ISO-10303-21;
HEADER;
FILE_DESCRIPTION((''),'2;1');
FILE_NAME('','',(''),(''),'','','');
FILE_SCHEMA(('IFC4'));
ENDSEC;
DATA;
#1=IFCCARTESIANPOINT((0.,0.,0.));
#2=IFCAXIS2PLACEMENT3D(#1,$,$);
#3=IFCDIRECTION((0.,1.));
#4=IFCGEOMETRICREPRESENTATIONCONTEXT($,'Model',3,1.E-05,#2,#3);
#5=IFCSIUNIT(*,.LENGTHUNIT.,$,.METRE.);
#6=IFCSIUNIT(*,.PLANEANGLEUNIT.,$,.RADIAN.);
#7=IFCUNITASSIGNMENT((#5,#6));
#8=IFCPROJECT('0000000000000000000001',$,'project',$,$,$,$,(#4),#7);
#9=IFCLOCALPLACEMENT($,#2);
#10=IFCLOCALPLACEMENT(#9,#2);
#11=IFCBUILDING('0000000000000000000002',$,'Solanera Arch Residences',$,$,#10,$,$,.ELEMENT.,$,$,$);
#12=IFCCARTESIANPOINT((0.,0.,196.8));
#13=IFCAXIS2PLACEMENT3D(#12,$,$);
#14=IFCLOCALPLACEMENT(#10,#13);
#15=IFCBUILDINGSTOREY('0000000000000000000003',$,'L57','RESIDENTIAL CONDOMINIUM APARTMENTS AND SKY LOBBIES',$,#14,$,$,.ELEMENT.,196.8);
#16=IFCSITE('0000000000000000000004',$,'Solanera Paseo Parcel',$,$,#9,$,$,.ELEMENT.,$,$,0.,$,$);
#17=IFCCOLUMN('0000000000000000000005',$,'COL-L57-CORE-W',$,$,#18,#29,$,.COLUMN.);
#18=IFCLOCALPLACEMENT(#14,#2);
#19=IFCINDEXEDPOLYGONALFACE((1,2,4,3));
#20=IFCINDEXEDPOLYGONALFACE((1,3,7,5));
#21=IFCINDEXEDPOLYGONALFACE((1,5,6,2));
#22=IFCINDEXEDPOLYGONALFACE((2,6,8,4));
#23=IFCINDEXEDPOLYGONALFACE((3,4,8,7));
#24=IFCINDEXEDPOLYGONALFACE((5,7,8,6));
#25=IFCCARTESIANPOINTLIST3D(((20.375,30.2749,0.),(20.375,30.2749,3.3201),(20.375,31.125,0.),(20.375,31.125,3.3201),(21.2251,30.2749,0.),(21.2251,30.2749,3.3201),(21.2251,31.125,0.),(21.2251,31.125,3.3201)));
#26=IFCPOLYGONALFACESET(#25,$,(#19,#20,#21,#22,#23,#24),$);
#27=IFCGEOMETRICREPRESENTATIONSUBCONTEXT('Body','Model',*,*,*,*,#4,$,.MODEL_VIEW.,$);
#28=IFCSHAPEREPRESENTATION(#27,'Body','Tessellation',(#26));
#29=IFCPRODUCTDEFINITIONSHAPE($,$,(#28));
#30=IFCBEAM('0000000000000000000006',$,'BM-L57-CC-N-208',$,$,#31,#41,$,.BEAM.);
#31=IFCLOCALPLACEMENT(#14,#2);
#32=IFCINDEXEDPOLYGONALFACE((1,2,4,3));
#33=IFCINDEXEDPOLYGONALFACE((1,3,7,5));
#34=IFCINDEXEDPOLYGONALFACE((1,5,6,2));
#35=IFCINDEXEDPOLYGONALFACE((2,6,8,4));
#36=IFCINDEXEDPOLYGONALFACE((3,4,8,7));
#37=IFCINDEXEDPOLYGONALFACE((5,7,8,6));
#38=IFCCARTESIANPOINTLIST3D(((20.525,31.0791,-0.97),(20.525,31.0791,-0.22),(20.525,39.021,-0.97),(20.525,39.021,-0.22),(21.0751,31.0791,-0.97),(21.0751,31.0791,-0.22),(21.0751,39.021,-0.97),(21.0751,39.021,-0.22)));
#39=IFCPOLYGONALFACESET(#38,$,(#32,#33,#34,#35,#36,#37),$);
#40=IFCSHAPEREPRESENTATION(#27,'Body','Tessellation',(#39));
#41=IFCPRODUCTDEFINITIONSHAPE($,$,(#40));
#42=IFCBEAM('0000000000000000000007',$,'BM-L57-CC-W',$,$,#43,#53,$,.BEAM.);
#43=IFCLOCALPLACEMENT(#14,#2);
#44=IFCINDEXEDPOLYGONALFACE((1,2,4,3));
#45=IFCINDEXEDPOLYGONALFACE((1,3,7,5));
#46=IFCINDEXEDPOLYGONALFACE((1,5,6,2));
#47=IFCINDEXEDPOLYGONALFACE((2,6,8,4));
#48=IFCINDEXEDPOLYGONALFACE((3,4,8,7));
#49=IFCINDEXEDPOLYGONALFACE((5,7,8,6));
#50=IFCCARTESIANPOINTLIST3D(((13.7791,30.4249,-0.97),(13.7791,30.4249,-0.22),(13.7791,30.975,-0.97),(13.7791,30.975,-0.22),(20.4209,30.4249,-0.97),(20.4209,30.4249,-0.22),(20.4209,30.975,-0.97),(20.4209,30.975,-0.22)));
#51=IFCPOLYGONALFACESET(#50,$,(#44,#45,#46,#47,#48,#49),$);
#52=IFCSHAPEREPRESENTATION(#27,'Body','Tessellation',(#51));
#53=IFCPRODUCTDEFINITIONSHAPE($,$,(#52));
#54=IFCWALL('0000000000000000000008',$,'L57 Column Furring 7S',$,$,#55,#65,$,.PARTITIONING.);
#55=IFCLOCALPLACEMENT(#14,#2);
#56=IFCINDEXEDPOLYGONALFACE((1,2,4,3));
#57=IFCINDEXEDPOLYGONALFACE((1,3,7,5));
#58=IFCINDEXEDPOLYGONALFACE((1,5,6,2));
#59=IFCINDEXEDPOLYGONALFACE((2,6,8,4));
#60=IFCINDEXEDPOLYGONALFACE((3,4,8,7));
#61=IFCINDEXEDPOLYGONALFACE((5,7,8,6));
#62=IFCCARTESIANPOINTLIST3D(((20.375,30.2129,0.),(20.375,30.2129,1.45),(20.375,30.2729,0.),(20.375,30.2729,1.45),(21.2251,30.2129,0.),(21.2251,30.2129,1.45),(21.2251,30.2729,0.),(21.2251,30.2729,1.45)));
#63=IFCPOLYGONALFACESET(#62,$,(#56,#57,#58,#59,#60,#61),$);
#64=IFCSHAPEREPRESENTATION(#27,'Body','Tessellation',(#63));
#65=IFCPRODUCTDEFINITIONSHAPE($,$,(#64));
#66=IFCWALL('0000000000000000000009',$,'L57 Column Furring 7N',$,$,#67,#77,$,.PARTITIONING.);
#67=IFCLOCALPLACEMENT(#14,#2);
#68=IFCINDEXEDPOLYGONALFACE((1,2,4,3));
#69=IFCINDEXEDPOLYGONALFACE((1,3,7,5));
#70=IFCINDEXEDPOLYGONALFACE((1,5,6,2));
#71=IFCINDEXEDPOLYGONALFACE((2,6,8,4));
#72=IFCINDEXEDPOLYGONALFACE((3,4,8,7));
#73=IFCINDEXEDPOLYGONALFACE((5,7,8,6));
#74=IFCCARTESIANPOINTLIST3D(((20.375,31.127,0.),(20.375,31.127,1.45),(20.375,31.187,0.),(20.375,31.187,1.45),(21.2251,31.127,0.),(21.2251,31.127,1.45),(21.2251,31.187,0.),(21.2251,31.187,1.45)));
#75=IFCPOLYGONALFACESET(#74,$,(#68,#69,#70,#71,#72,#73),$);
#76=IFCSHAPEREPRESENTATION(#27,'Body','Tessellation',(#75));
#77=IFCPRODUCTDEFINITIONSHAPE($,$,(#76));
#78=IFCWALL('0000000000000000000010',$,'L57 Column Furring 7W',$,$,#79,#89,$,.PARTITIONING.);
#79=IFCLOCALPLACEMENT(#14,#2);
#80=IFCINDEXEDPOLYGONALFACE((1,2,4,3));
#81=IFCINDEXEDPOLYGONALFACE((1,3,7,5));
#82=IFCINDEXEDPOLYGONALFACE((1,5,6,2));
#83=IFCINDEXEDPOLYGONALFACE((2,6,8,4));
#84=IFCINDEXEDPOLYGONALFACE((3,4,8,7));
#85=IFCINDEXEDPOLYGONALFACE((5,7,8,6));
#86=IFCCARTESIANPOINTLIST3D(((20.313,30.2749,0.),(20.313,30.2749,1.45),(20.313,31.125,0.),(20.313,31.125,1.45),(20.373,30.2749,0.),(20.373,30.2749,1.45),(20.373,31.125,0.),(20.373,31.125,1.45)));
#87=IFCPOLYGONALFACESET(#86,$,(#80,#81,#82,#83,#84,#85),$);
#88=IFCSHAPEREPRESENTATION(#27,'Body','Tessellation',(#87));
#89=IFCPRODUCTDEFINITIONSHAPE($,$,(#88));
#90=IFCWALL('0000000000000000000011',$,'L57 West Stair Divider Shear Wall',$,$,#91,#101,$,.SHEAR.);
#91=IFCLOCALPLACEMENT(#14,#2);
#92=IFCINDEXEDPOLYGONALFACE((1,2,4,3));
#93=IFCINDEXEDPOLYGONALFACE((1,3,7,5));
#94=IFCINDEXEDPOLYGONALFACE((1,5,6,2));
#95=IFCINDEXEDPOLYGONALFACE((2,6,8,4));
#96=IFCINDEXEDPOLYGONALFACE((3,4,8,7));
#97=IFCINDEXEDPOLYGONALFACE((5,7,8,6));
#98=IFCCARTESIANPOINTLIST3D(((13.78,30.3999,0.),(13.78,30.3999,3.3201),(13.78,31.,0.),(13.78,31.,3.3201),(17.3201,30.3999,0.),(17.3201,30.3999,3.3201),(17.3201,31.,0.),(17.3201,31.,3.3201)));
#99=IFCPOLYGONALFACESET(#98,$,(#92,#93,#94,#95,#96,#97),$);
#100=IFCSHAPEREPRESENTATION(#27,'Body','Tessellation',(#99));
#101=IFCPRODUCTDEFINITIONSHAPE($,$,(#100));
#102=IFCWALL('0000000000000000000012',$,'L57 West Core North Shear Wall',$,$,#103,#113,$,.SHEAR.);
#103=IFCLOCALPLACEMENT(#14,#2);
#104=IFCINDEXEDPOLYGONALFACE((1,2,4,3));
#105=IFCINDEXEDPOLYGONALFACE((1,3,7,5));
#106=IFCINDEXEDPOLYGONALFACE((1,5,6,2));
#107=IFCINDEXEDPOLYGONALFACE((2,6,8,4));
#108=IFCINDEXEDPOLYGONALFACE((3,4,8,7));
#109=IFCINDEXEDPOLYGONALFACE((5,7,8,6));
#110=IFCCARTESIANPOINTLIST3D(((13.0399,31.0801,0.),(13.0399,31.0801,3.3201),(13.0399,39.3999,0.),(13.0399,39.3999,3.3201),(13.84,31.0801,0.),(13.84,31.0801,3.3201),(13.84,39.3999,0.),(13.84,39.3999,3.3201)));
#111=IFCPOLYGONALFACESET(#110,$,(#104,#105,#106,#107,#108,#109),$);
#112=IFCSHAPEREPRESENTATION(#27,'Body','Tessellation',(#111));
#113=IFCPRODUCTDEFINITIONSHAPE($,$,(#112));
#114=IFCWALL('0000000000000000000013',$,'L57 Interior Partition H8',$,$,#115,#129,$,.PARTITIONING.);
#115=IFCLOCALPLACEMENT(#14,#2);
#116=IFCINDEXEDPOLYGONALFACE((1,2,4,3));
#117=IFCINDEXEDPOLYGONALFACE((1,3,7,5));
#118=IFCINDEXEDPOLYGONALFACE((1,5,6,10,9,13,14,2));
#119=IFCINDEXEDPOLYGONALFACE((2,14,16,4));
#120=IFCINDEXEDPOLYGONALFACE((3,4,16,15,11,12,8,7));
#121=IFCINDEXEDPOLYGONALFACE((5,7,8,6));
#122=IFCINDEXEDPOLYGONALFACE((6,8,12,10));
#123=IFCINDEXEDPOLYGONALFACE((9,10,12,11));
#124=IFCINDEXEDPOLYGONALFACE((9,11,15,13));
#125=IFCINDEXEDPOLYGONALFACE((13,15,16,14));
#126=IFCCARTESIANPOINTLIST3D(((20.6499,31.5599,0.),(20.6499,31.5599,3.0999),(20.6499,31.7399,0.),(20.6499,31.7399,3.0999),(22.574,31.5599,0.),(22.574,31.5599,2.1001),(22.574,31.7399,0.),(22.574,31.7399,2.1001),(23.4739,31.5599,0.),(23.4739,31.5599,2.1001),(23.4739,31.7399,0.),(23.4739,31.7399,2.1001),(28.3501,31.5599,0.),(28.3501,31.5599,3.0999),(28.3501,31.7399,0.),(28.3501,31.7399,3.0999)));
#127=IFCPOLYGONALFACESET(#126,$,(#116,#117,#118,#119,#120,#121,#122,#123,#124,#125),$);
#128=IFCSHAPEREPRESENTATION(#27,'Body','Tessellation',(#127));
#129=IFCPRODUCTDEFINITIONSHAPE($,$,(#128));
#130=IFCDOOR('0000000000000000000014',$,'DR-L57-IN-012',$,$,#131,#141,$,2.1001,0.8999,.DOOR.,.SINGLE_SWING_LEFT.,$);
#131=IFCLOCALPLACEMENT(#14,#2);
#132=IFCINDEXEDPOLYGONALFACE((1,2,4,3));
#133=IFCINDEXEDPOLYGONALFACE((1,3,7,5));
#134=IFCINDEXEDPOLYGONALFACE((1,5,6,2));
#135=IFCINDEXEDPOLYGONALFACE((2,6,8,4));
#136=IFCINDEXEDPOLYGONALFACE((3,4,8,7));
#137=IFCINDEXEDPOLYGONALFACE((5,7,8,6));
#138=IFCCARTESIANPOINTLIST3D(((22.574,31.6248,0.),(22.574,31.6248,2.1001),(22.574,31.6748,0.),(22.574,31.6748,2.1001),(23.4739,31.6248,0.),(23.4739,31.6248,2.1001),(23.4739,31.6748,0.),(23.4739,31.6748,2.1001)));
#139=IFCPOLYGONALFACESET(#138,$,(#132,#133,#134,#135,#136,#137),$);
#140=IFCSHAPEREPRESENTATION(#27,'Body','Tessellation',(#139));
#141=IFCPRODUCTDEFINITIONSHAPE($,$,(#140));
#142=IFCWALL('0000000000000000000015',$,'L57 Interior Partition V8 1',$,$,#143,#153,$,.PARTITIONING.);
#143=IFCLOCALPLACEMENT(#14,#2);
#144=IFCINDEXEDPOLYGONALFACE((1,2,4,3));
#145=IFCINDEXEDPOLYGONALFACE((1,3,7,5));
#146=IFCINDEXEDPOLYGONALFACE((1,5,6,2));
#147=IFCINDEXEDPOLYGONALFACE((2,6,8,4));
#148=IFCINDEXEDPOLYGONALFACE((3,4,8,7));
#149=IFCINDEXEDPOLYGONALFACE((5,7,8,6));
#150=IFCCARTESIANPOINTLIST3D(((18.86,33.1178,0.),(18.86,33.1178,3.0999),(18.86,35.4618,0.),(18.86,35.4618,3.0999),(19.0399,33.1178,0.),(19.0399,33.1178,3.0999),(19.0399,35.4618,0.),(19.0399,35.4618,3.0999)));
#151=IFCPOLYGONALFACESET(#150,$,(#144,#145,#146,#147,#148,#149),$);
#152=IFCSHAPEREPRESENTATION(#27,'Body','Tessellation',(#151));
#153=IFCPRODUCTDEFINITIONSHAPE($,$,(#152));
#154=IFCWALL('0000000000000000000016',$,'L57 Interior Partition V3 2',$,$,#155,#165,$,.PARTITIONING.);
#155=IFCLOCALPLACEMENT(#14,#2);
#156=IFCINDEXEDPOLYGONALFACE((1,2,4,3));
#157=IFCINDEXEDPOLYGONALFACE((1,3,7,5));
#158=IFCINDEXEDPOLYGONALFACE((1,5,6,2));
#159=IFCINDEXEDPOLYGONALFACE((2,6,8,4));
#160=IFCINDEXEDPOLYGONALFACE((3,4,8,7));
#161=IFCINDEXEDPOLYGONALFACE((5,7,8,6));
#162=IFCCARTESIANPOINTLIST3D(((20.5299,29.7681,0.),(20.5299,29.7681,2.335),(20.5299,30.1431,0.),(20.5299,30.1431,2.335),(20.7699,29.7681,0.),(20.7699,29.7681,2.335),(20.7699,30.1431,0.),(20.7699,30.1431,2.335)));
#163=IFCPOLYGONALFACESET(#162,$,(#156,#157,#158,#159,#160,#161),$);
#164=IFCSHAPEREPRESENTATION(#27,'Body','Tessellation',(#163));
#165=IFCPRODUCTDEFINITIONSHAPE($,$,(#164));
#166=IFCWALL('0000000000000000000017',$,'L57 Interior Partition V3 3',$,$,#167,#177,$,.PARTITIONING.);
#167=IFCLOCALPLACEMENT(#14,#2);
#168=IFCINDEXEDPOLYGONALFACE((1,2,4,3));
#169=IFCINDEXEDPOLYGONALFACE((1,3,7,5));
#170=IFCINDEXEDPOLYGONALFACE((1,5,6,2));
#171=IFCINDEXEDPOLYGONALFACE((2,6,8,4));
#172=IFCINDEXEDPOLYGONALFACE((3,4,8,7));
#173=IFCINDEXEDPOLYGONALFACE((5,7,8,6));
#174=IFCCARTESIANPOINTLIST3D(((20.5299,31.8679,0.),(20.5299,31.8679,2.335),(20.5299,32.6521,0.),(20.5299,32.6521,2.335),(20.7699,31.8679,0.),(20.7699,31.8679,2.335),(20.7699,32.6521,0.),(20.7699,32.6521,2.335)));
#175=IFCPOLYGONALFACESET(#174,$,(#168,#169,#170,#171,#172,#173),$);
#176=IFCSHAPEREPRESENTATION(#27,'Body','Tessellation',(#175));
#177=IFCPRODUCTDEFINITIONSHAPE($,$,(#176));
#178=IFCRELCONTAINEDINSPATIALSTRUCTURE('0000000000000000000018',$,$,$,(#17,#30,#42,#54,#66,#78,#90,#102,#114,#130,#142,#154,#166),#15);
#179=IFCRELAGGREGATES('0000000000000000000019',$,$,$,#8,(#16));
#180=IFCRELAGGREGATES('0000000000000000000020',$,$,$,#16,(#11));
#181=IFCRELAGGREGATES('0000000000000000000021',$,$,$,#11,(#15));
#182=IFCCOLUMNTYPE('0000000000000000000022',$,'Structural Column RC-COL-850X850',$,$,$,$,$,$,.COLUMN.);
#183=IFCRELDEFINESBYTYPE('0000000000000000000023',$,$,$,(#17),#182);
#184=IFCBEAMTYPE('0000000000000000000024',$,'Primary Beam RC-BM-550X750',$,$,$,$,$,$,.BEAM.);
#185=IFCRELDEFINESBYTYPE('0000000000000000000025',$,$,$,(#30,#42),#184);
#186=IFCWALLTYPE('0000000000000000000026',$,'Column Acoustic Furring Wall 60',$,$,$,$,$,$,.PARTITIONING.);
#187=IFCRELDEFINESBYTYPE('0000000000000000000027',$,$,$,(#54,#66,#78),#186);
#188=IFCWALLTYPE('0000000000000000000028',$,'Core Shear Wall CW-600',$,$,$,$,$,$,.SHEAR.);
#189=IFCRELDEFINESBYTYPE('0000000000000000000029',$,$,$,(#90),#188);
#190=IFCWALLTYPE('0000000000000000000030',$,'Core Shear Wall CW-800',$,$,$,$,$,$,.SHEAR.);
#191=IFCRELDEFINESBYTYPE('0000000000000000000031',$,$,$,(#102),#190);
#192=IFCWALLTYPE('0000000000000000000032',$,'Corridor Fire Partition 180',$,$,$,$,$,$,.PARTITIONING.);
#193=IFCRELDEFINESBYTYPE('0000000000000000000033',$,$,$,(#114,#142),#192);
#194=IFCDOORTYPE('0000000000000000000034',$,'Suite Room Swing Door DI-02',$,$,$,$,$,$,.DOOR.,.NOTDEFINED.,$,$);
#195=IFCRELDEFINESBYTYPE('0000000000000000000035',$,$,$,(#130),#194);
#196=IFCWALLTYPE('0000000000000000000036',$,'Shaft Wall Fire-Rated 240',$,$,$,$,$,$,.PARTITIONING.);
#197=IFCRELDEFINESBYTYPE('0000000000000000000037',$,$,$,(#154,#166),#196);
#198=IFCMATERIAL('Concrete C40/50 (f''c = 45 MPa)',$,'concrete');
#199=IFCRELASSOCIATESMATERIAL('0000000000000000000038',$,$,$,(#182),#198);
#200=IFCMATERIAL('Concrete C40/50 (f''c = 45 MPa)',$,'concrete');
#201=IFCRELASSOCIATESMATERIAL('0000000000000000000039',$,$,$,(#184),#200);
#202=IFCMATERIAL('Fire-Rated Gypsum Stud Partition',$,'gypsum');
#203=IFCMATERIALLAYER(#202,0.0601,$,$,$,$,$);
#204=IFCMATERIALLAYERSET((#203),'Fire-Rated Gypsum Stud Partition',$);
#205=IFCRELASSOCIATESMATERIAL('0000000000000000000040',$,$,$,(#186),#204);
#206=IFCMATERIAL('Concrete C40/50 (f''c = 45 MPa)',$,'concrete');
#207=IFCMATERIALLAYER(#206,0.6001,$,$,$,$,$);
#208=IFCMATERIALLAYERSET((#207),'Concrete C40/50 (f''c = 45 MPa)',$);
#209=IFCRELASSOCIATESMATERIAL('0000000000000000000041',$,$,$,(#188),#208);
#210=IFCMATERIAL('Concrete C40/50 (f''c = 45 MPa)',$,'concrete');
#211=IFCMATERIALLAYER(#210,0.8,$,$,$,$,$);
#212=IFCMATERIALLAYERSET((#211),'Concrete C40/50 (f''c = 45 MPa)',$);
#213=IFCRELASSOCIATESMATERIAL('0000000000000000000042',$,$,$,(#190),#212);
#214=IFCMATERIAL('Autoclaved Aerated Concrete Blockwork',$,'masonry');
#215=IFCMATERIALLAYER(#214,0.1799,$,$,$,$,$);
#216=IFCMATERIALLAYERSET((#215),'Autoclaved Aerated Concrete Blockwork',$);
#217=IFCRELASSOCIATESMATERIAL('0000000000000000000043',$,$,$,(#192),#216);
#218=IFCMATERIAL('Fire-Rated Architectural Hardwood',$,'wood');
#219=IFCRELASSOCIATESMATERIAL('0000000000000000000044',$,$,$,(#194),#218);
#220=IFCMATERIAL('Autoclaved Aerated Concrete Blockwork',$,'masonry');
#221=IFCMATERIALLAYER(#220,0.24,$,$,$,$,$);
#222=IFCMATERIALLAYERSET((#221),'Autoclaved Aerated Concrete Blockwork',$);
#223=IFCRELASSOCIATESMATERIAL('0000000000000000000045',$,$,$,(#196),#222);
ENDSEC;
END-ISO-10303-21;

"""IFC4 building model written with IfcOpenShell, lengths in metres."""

from ifc_helpers import new_model, si_unit, direction, frame, frame_2d, origin, origin_2d, place, context, subcontext, project, spatial, rectangle, extrude, material, layer, layer_set, material_profile, profile_set, type_object, element, fill, save


model = new_model("IFC4")

# Units and contexts
model_context = context("Model", 3, precision=1e-05, world=origin(), true_north=direction((0.0, 1.0)))
body_context = subcontext(model_context, "Body", "Model", "MODEL_VIEW")
ifc_project = project(units=[si_unit("LENGTHUNIT", "METRE"), si_unit("PLANEANGLEUNIT", "RADIAN")], contexts=[model_context])

# Site, building, storey
site_placement = place(None, origin())
site = spatial("IfcSite", under=ifc_project, at=site_placement, Name="Solanera Paseo Parcel", CompositionType="ELEMENT", RefElevation=0.0)
building_placement = place(site_placement, origin())
building = spatial("IfcBuilding", under=site, at=building_placement, Name="Solanera Arch Residences", CompositionType="ELEMENT")
storey_placement = place(building_placement, frame((0.0, 0.0, 196.8)))
storey = spatial("IfcBuildingStorey", under=building, at=storey_placement, Name="L57", Description="RESIDENTIAL CONDOMINIUM APARTMENTS AND SKY LOBBIES", CompositionType="ELEMENT", Elevation=196.8)

# Column
ifc_material_1 = material(Name="Concrete C40/50 (f'c = 45 MPa)", Category="concrete")
ifc_material_profile_1 = material_profile(ifc_material_1, rectangle(XDim=0.8501, YDim=0.8501, at=origin_2d()))
ifc_profile_set_1 = profile_set([ifc_material_profile_1], Name="Concrete C40/50 (f'c = 45 MPa)")
column_type = type_object("IfcColumnType", Name="Structural Column RC-COL-850X850", PredefinedType="COLUMN", material=ifc_profile_set_1)
column_placement = place(storey_placement, frame((20.8, 30.7, 0.0), z_axis=(0.0, 0.0, 1.0), x_axis=(1.0, 0.0, 0.0)))
element("IfcColumn", 1, at=column_placement, inside=storey, type_object=column_type, Name="COL-L57-CORE-W", PredefinedType="COLUMN", context=body_context, shape_type="SweptSolid", body=[
    extrude(rectangle(XDim=0.8501, YDim=0.8501, at=origin_2d()), origin(), (0.0, 0.0, 1.0), 3.3201),
])

# Beams
ifc_material_2 = material(Name="Concrete C40/50 (f'c = 45 MPa)", Category="concrete")
ifc_material_profile_2 = material_profile(ifc_material_2, rectangle(XDim=0.55, YDim=0.75, at=origin_2d()))
ifc_profile_set_2 = profile_set([ifc_material_profile_2], Name="Concrete C40/50 (f'c = 45 MPa)")
beam_type = type_object("IfcBeamType", Name="Primary Beam RC-BM-550X750", PredefinedType="BEAM", material=ifc_profile_set_2)
beam_1_placement = place(storey_placement, frame((20.8, 31.0791, -0.595), z_axis=(0.0, 1.0, 0.0), x_axis=(-1.0, 0.0, 0.0)))
element("IfcBeam", 2, at=beam_1_placement, inside=storey, type_object=beam_type, Name="BM-L57-CC-N-208", PredefinedType="BEAM", context=body_context, shape_type="SweptSolid", body=[
    extrude(rectangle(XDim=0.55, YDim=0.75, at=origin_2d()), origin(), (0.0, 0.0, 1.0), 7.9419),
])
beam_2_placement = place(storey_placement, frame((13.7791, 30.7, -0.595), z_axis=(1.0, 0.0, 0.0), x_axis=(0.0, 1.0, 0.0)))
element("IfcBeam", 3, at=beam_2_placement, inside=storey, type_object=beam_type, Name="BM-L57-CC-W", PredefinedType="BEAM", context=body_context, shape_type="SweptSolid", body=[
    extrude(rectangle(XDim=0.55, YDim=0.75, at=origin_2d()), origin(), (0.0, 0.0, 1.0), 6.6418),
])

# Walls
ifc_material_3 = material(Name="Fire-Rated Gypsum Stud Partition", Category="gypsum")
ifc_layer_1 = layer(ifc_material_3, 0.0601)
ifc_layer_set_1 = layer_set([ifc_layer_1], Name="Fire-Rated Gypsum Stud Partition")
wall_type_1 = type_object("IfcWallType", Name="Column Acoustic Furring Wall 60", PredefinedType="PARTITIONING", material=ifc_layer_set_1)
for number, where, z_axis, x_axis, name in (
    (4, (20.375, 30.2429, 0.0), (0.0, 0.0, 1.0), (1.0, 0.0, 0.0), "L57 Column Furring 7S"),
    (5, (20.375, 31.157, 0.0), (0.0, 0.0, 1.0), (1.0, 0.0, 0.0), "L57 Column Furring 7N"),
    (6, (20.343, 30.2749, 0.0), (0.0, 0.0, 1.0), (0.0, 1.0, 0.0), "L57 Column Furring 7W"),
):
    element("IfcWall", number, at=place(storey_placement, frame(where, z_axis=z_axis, x_axis=x_axis)), inside=storey, type_object=wall_type_1, Name=name, PredefinedType="PARTITIONING", context=body_context, shape_type="SweptSolid", body=[
        extrude(rectangle(XDim=0.8501, YDim=0.0601, at=frame_2d((0.425, 0.0))), origin(), (0.0, 0.0, 1.0), 1.45),
    ])

# Walls
ifc_material_4 = material(Name="Concrete C40/50 (f'c = 45 MPa)", Category="concrete")
ifc_layer_2 = layer(ifc_material_4, 0.6001)
ifc_layer_set_2 = layer_set([ifc_layer_2], Name="Concrete C40/50 (f'c = 45 MPa)")
wall_type_2 = type_object("IfcWallType", Name="Core Shear Wall CW-600", PredefinedType="SHEAR", material=ifc_layer_set_2)
wall_1_placement = place(storey_placement, frame((13.78, 30.7, 0.0), z_axis=(0.0, 0.0, 1.0), x_axis=(1.0, 0.0, 0.0)))
element("IfcWall", 7, at=wall_1_placement, inside=storey, type_object=wall_type_2, Name="L57 West Stair Divider Shear Wall", PredefinedType="SHEAR", context=body_context, shape_type="SweptSolid", body=[
    extrude(rectangle(XDim=3.54, YDim=0.6001, at=frame_2d((1.77, 0.0))), origin(), (0.0, 0.0, 1.0), 3.3201),
])
ifc_material_5 = material(Name="Concrete C40/50 (f'c = 45 MPa)", Category="concrete")
ifc_layer_3 = layer(ifc_material_5, 0.8)
ifc_layer_set_3 = layer_set([ifc_layer_3], Name="Concrete C40/50 (f'c = 45 MPa)")
wall_type_3 = type_object("IfcWallType", Name="Core Shear Wall CW-800", PredefinedType="SHEAR", material=ifc_layer_set_3)
wall_2_placement = place(storey_placement, frame((13.4399, 31.0801, 0.0), z_axis=(0.0, 0.0, 1.0), x_axis=(0.0, 1.0, 0.0)))
element("IfcWall", 8, at=wall_2_placement, inside=storey, type_object=wall_type_3, Name="L57 West Core North Shear Wall", PredefinedType="SHEAR", context=body_context, shape_type="SweptSolid", body=[
    extrude(rectangle(XDim=8.3198, YDim=0.8, at=frame_2d((4.1599, 0.0))), origin(), (0.0, 0.0, 1.0), 3.3201),
])

# Wall, opening, door
ifc_material_6 = material(Name="Autoclaved Aerated Concrete Blockwork", Category="masonry")
ifc_layer_4 = layer(ifc_material_6, 0.1799)
ifc_layer_set_4 = layer_set([ifc_layer_4], Name="Autoclaved Aerated Concrete Blockwork")
wall_type_4 = type_object("IfcWallType", Name="Corridor Fire Partition 180", PredefinedType="PARTITIONING", material=ifc_layer_set_4)
wall_3_placement = place(storey_placement, frame((20.6499, 31.6499, 0.0), z_axis=(0.0, 0.0, 1.0), x_axis=(1.0, 0.0, 0.0)))
wall_3 = element("IfcWall", 9, at=wall_3_placement, inside=storey, type_object=wall_type_4, Name="L57 Interior Partition H8", PredefinedType="PARTITIONING", context=body_context, shape_type="SweptSolid", body=[
    extrude(rectangle(XDim=7.7002, YDim=0.1799, at=frame_2d((3.8501, 0.0))), origin(), (0.0, 0.0, 1.0), 3.0999),
])
opening_1_placement = place(wall_3_placement, frame((1.9241, 0.0, 0.0)))
opening_1 = element("IfcOpeningElement", 10, at=opening_1_placement, cuts=wall_3, PredefinedType="OPENING", context=body_context, shape_type="SweptSolid", body=[
    extrude(rectangle(XDim=0.8999, YDim=2.1001, at=frame_2d((0.45, 1.05))), frame((0.0, 0.1001, 0.0), z_axis=(0.0, -1.0, 0.0), x_axis=(1.0, 0.0, 0.0)), (0.0, 0.0, 1.0), 0.1999),
])
ifc_material_7 = material(Name="Fire-Rated Architectural Hardwood", Category="wood")
door_type_1 = type_object("IfcDoorType", Name="Suite Room Swing Door DI-02", OperationType="NOTDEFINED", PredefinedType="DOOR", material=ifc_material_7)
door_1_placement = place(opening_1_placement, origin())
door_1 = element("IfcDoor", 11, at=door_1_placement, inside=storey, type_object=door_type_1, Name="DR-L57-IN-012", OperationType="SINGLE_SWING_LEFT", OverallHeight=2.1001, OverallWidth=0.8999, PredefinedType="DOOR", context=body_context, shape_type="SweptSolid", body=[
    extrude(rectangle(XDim=0.8999, YDim=2.1001, at=frame_2d((0.45, 1.05))), frame((0.0, 0.0249, 0.0), z_axis=(0.0, -1.0, 0.0), x_axis=(1.0, 0.0, 0.0)), (0.0, 0.0, 1.0), 0.05),
])
fill(opening_1, door_1)

# Wall
wall_4_placement = place(storey_placement, frame((18.95, 33.1179, 0.0), z_axis=(0.0, 0.0, 1.0), x_axis=(0.0, 1.0, 0.0)))
element("IfcWall", 12, at=wall_4_placement, inside=storey, type_object=wall_type_4, Name="L57 Interior Partition V8 1", PredefinedType="PARTITIONING", context=body_context, shape_type="SweptSolid", body=[
    extrude(rectangle(XDim=2.344, YDim=0.1799, at=frame_2d((1.1719, 0.0))), origin(), (0.0, 0.0, 1.0), 3.0999),
])

# Shared definitions
ifc_material_8 = material(Name="Autoclaved Aerated Concrete Blockwork", Category="masonry")
ifc_layer_5 = layer(ifc_material_8, 0.24)
ifc_layer_set_5 = layer_set([ifc_layer_5], Name="Autoclaved Aerated Concrete Blockwork")
wall_type_5 = type_object("IfcWallType", Name="Shaft Wall Fire-Rated 240", PredefinedType="PARTITIONING", material=ifc_layer_set_5)

# Walls
wall_5_placement = place(storey_placement, frame((20.6499, 29.7681, 0.0), z_axis=(0.0, 0.0, 1.0), x_axis=(0.0, 1.0, 0.0)))
element("IfcWall", 13, at=wall_5_placement, inside=storey, type_object=wall_type_5, Name="L57 Interior Partition V3 2", PredefinedType="PARTITIONING", context=body_context, shape_type="SweptSolid", body=[
    extrude(rectangle(XDim=0.375, YDim=0.24, at=frame_2d((0.1875, 0.0))), origin(), (0.0, 0.0, 1.0), 2.335),
])
wall_6_placement = place(storey_placement, frame((20.6499, 31.8679, 0.0), z_axis=(0.0, 0.0, 1.0), x_axis=(0.0, 1.0, 0.0)))
element("IfcWall", 14, at=wall_6_placement, inside=storey, type_object=wall_type_5, Name="L57 Interior Partition V3 3", PredefinedType="PARTITIONING", context=body_context, shape_type="SweptSolid", body=[
    extrude(rectangle(XDim=0.7842, YDim=0.24, at=frame_2d((0.3921, 0.0))), origin(), (0.0, 0.0, 1.0), 2.335),
])

save(model, "model.ifc")
